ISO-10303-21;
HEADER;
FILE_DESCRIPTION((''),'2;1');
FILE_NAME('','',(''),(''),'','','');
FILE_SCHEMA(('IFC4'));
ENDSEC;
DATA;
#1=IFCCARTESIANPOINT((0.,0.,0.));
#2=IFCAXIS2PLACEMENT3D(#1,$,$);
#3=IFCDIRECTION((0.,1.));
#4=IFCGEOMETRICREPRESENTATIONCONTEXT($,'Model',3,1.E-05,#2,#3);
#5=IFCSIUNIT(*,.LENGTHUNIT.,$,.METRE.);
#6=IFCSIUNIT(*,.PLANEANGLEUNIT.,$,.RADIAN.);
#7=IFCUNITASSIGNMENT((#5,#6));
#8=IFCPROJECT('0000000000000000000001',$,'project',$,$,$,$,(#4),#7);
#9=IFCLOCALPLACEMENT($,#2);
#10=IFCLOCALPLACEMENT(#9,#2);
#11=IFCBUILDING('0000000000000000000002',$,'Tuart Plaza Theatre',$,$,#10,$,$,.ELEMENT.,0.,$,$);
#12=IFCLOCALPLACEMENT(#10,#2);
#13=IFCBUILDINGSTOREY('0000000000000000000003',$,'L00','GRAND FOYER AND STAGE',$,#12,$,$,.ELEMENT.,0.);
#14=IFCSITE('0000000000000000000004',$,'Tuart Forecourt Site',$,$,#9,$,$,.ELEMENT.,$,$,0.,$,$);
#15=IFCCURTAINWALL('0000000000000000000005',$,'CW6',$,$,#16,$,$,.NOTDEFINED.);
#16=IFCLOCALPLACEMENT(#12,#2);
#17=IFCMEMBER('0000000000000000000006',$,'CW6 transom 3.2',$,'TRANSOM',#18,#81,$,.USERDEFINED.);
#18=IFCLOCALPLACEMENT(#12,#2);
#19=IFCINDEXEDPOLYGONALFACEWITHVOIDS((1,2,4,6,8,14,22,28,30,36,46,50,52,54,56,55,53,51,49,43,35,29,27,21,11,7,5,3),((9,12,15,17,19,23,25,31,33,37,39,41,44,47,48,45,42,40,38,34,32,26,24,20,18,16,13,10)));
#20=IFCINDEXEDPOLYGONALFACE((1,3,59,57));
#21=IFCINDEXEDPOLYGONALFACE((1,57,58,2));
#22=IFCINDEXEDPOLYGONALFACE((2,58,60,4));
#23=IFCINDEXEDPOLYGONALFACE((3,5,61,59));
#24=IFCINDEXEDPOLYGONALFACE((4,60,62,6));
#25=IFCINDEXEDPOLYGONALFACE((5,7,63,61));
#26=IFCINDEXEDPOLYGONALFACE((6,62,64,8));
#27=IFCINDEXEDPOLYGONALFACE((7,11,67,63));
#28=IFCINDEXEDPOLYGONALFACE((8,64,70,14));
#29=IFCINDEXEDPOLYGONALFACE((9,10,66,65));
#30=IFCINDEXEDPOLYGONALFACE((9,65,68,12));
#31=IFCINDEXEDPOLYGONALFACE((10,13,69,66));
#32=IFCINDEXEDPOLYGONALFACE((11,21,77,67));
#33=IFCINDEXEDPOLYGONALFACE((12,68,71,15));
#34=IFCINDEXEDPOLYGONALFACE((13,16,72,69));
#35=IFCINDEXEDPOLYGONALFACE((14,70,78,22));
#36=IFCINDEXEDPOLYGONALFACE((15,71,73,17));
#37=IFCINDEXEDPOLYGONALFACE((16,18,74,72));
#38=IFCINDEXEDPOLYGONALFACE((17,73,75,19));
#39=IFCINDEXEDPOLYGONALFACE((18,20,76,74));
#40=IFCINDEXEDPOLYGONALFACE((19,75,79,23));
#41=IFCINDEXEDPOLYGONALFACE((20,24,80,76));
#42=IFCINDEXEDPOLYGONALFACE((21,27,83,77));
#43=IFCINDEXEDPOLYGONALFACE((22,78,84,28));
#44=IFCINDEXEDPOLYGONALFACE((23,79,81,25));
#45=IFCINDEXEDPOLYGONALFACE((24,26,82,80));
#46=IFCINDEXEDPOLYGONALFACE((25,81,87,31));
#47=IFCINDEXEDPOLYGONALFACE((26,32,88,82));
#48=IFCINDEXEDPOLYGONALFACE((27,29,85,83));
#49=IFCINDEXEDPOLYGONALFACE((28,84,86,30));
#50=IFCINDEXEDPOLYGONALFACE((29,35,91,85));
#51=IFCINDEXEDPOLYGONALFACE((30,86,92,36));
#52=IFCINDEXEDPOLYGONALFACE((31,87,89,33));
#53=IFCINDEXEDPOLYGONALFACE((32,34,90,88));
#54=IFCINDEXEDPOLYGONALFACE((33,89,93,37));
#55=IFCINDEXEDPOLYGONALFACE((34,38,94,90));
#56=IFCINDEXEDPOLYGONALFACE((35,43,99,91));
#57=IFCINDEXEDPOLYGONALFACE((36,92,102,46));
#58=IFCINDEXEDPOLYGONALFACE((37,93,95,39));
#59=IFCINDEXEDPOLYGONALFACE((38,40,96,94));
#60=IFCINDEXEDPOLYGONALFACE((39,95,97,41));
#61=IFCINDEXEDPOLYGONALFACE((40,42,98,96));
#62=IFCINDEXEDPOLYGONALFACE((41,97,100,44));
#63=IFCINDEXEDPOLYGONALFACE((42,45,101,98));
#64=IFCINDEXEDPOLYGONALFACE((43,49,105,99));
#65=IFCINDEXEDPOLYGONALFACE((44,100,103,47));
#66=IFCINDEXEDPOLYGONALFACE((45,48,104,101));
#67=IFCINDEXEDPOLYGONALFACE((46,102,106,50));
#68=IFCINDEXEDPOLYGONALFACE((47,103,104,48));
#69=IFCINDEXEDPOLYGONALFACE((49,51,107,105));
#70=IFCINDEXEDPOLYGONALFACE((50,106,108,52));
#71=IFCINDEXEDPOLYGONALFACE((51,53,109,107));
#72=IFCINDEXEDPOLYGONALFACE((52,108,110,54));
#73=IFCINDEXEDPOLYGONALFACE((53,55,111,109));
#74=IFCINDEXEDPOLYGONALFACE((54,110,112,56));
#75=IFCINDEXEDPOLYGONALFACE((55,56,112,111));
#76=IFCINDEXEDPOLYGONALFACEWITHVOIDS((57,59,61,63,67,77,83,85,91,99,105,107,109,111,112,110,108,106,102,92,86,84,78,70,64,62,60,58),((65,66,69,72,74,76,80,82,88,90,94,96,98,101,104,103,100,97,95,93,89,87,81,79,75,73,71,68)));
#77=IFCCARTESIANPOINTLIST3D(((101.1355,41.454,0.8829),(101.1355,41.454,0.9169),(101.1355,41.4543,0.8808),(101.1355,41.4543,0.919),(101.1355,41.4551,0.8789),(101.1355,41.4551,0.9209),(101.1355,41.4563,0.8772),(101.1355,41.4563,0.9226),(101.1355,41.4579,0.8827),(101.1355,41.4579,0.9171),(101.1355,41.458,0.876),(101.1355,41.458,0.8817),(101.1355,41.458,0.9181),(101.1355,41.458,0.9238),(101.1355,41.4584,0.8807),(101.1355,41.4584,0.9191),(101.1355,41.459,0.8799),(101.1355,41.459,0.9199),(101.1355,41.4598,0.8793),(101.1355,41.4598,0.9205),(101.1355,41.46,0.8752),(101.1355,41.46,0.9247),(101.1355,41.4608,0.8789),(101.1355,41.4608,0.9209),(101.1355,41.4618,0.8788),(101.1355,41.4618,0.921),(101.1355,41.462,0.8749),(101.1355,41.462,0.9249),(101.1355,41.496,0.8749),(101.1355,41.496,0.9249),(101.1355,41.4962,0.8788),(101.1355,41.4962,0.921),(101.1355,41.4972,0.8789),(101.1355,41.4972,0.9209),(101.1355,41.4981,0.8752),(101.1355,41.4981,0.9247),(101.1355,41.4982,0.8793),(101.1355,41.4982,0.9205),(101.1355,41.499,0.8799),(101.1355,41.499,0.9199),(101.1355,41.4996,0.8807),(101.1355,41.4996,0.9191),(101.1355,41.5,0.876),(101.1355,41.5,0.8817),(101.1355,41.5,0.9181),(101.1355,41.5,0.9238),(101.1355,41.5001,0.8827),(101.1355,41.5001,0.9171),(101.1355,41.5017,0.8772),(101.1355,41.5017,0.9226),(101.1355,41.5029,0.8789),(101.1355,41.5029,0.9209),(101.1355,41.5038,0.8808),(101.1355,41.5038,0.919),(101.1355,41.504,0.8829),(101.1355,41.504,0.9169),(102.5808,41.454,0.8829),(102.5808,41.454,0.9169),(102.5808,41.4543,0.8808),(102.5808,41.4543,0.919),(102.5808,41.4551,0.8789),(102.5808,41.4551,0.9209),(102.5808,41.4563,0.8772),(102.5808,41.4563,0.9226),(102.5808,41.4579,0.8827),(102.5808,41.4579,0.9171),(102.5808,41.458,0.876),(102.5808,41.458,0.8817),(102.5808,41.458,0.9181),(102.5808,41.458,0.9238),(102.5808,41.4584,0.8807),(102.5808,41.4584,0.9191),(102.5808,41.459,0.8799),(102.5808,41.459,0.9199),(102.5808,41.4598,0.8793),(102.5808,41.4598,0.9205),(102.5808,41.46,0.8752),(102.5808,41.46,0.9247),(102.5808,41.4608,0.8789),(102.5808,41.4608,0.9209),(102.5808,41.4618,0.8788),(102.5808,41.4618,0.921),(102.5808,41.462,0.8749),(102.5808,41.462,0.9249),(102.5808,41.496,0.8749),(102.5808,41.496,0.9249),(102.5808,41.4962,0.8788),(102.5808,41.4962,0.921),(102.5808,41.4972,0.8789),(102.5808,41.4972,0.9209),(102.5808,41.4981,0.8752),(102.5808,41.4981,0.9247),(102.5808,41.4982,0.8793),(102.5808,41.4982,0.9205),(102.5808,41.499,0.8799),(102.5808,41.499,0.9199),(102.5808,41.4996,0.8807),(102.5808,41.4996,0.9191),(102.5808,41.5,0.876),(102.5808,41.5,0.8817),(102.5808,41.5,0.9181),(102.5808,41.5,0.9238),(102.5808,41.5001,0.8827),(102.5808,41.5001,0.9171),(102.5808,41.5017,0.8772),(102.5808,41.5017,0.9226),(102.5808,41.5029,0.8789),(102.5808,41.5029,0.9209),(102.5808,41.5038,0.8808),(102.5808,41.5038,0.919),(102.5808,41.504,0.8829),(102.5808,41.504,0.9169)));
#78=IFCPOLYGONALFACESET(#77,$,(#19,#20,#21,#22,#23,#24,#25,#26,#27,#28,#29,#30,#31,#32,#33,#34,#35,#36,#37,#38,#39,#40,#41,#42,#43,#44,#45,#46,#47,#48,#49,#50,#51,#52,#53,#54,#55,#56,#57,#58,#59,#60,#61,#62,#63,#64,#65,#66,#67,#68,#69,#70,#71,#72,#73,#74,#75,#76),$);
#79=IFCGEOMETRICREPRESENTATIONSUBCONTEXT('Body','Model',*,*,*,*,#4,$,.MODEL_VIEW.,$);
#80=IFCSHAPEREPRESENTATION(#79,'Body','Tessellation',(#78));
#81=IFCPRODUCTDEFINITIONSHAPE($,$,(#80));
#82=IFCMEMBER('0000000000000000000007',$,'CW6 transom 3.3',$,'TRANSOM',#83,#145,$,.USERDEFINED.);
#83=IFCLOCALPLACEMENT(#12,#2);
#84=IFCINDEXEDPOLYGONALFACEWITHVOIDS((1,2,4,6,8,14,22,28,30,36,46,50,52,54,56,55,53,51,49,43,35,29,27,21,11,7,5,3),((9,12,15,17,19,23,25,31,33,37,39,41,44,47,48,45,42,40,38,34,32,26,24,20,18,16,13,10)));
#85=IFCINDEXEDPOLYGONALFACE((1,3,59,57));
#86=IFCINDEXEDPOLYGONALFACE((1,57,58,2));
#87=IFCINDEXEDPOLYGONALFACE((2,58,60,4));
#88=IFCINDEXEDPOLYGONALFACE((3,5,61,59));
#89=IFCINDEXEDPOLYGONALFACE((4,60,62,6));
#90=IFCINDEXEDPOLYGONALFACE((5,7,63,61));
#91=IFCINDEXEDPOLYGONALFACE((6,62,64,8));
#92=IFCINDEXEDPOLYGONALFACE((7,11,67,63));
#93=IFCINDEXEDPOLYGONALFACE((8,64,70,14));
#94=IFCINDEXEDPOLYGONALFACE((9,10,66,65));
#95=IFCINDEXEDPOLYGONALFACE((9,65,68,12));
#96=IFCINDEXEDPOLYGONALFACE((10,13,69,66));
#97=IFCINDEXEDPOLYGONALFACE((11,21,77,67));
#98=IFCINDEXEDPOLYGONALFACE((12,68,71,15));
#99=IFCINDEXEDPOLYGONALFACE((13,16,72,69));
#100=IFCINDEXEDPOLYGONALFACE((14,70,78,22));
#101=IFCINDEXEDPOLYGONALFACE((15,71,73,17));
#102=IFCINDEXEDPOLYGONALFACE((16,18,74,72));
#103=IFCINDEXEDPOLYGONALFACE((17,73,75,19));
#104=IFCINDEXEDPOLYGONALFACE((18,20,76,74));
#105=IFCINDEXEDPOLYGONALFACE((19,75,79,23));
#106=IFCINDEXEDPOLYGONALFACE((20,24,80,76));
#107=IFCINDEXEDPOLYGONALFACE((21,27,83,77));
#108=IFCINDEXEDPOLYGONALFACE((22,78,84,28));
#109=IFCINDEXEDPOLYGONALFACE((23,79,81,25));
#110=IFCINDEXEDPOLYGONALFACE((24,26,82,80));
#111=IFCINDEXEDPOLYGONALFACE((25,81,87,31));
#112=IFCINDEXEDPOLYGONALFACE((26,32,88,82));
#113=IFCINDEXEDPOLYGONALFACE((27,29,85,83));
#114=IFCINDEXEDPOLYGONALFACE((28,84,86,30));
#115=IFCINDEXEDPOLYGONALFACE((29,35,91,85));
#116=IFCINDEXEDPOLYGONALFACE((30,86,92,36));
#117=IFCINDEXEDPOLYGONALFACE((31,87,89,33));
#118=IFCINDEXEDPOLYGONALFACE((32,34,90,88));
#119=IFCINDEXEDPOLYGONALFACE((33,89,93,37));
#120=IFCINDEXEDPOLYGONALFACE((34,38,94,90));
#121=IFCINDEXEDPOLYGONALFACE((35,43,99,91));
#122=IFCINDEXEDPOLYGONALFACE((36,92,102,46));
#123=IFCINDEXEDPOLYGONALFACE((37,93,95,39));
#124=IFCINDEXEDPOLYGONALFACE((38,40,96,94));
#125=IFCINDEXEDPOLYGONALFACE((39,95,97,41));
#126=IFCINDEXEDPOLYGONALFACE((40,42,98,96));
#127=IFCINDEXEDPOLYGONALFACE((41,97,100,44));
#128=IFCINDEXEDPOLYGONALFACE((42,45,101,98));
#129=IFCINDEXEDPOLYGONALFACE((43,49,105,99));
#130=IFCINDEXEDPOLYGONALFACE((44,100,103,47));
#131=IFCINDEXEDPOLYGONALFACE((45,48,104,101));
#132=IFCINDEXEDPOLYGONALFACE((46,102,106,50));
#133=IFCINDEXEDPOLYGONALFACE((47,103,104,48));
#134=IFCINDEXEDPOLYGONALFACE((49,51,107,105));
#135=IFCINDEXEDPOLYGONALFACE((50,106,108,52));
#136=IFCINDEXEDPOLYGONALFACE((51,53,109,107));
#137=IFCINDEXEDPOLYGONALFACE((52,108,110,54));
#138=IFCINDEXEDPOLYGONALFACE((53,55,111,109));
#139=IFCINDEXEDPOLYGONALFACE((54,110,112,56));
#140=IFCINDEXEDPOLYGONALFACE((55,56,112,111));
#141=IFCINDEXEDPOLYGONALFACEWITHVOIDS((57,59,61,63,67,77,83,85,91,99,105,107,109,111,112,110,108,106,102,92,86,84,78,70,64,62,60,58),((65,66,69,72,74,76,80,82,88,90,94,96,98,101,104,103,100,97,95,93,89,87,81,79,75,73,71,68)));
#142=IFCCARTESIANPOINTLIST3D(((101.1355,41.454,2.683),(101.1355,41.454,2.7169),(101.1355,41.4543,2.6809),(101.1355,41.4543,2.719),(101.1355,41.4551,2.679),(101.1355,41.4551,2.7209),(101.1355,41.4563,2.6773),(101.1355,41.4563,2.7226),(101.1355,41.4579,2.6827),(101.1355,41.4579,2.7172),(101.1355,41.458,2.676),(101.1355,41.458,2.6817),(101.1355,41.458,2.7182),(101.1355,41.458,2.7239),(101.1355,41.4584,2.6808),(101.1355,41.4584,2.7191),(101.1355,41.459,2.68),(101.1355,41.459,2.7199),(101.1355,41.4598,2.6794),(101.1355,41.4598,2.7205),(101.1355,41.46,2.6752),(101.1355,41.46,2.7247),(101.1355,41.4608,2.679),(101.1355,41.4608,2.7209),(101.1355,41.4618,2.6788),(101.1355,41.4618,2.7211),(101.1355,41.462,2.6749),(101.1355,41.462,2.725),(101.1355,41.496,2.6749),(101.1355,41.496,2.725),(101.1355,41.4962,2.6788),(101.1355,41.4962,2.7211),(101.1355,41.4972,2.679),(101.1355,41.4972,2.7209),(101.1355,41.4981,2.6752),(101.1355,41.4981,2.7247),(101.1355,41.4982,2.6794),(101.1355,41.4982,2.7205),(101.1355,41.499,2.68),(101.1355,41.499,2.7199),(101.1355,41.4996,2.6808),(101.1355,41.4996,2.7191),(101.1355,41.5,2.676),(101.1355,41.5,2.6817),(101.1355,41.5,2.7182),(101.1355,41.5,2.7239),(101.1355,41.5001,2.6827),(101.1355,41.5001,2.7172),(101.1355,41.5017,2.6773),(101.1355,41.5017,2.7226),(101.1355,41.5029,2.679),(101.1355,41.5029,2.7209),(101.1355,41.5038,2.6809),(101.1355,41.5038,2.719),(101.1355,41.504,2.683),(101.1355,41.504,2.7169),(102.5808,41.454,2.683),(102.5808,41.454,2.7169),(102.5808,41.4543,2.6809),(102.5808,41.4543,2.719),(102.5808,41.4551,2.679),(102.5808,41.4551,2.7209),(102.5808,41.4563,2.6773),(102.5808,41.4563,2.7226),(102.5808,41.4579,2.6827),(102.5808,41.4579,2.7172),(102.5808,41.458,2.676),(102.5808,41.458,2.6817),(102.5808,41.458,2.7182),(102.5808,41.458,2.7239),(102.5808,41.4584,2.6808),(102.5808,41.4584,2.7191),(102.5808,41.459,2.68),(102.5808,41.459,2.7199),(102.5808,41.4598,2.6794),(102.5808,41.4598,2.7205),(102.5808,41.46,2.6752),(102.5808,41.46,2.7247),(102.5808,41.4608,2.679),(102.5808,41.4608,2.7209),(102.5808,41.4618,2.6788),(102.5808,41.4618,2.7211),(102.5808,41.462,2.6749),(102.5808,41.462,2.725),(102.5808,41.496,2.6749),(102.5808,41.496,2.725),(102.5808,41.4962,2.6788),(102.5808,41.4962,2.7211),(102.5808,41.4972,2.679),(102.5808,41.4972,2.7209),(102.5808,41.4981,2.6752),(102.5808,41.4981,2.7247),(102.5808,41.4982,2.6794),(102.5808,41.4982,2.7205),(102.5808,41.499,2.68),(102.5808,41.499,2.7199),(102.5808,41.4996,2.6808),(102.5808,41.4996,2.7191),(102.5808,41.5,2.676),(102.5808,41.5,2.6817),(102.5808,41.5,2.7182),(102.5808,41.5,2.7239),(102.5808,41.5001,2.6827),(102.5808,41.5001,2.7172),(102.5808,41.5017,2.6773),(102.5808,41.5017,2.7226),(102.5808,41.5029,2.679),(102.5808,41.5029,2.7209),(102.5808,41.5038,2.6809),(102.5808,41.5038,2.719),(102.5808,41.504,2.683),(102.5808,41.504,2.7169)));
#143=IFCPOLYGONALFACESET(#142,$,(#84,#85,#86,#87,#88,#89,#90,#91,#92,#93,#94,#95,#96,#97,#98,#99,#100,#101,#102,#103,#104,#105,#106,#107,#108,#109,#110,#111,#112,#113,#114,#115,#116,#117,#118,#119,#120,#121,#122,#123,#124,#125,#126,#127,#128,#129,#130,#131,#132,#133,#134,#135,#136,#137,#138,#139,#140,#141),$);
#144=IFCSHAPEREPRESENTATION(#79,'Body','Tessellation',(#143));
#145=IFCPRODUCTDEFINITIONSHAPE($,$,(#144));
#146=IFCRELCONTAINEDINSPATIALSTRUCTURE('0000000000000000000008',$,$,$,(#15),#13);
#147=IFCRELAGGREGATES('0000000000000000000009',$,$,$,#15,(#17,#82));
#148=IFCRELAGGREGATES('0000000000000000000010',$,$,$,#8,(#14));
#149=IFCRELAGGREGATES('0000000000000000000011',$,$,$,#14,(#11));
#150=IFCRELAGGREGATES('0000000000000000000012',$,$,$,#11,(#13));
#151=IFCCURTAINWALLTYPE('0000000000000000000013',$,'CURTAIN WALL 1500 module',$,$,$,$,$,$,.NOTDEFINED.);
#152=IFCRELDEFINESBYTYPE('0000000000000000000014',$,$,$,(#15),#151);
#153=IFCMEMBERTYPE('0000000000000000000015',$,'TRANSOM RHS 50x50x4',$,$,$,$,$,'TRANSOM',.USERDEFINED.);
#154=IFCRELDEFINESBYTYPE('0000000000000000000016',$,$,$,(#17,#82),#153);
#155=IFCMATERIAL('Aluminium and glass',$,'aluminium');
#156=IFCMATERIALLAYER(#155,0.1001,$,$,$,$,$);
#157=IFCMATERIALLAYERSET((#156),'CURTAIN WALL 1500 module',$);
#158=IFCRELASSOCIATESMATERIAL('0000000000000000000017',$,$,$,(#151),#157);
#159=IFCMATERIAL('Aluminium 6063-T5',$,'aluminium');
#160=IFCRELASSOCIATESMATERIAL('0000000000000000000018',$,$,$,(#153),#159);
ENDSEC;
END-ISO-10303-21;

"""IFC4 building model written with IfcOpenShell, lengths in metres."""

from ifc_helpers import new_model, si_unit, direction, frame, origin, origin_2d, place, context, subcontext, project, spatial, hollow_rectangle, extrude, material, layer, layer_set, material_profile, profile_set, type_object, element, aggregate, save


model = new_model("IFC4")

# Units and contexts
model_context = context("Model", 3, precision=1e-05, world=origin(), true_north=direction((0.0, 1.0)))
body_context = subcontext(model_context, "Body", "Model", "MODEL_VIEW")
ifc_project = project(units=[si_unit("LENGTHUNIT", "METRE"), si_unit("PLANEANGLEUNIT", "RADIAN")], contexts=[model_context])

# Site, building, storey
site_placement = place(None, origin())
site = spatial("IfcSite", under=ifc_project, at=site_placement, Name="Tuart Forecourt Site", CompositionType="ELEMENT", RefElevation=0.0)
building_placement = place(site_placement, origin())
building = spatial("IfcBuilding", under=site, at=building_placement, Name="Tuart Plaza Theatre", CompositionType="ELEMENT", ElevationOfRefHeight=0.0)
storey_placement = place(building_placement, origin())
storey = spatial("IfcBuildingStorey", under=building, at=storey_placement, Name="L00", Description="GRAND FOYER AND STAGE", CompositionType="ELEMENT", Elevation=0.0)

# Curtain wall, members
ifc_material_1 = material(Name="Aluminium and glass", Category="aluminium")
ifc_layer_1 = layer(ifc_material_1, 0.1001)
ifc_layer_set_1 = layer_set([ifc_layer_1], Name="CURTAIN WALL 1500 module")
curtain_wall_type = type_object("IfcCurtainWallType", Name="CURTAIN WALL 1500 module", PredefinedType="NOTDEFINED", material=ifc_layer_set_1)
curtain_wall_placement = place(storey_placement, origin())
curtain_wall = element("IfcCurtainWall", 1, at=curtain_wall_placement, inside=storey, type_object=curtain_wall_type, Name="CW6", PredefinedType="NOTDEFINED")
ifc_material_2 = material(Name="Aluminium 6063-T5", Category="aluminium")
ifc_material_profile_1 = material_profile(ifc_material_2, hollow_rectangle(XDim=0.05, YDim=0.05, WallThickness=0.0039, InnerFilletRadius=0.0039, OuterFilletRadius=0.0081, at=origin_2d()), Name="RHS 50x50x4")
ifc_profile_set_1 = profile_set([ifc_material_profile_1], Name="Aluminium 6063-T5")
member_type_1 = type_object("IfcMemberType", Name="TRANSOM RHS 50x50x4", ElementType="TRANSOM", PredefinedType="USERDEFINED", material=ifc_profile_set_1)
member_1_placement = place(storey_placement, frame((101.1355, 41.479, 0.8999), z_axis=(1.0, 0.0, 0.0), x_axis=(0.0, 1.0, 0.0)))
member_1 = element("IfcMember", 2, at=member_1_placement, type_object=member_type_1, Name="CW6 transom 3.2", ObjectType="TRANSOM", PredefinedType="USERDEFINED", context=body_context, shape_type="SweptSolid", body=[
    extrude(hollow_rectangle(XDim=0.05, YDim=0.05, WallThickness=0.0039, InnerFilletRadius=0.0039, OuterFilletRadius=0.0081, at=origin_2d()), origin(), (0.0, 0.0, 1.0), 1.4453),
])
member_2_placement = place(storey_placement, frame((101.1355, 41.479, 2.7), z_axis=(1.0, 0.0, 0.0), x_axis=(0.0, 1.0, 0.0)))
member_2 = element("IfcMember", 3, at=member_2_placement, type_object=member_type_1, Name="CW6 transom 3.3", ObjectType="TRANSOM", PredefinedType="USERDEFINED", context=body_context, shape_type="SweptSolid", body=[
    extrude(hollow_rectangle(XDim=0.05, YDim=0.05, WallThickness=0.0039, InnerFilletRadius=0.0039, OuterFilletRadius=0.0081, at=origin_2d()), origin(), (0.0, 0.0, 1.0), 1.4453),
])
aggregate(curtain_wall, [member_1, member_2])

save(model, "model.ifc")
